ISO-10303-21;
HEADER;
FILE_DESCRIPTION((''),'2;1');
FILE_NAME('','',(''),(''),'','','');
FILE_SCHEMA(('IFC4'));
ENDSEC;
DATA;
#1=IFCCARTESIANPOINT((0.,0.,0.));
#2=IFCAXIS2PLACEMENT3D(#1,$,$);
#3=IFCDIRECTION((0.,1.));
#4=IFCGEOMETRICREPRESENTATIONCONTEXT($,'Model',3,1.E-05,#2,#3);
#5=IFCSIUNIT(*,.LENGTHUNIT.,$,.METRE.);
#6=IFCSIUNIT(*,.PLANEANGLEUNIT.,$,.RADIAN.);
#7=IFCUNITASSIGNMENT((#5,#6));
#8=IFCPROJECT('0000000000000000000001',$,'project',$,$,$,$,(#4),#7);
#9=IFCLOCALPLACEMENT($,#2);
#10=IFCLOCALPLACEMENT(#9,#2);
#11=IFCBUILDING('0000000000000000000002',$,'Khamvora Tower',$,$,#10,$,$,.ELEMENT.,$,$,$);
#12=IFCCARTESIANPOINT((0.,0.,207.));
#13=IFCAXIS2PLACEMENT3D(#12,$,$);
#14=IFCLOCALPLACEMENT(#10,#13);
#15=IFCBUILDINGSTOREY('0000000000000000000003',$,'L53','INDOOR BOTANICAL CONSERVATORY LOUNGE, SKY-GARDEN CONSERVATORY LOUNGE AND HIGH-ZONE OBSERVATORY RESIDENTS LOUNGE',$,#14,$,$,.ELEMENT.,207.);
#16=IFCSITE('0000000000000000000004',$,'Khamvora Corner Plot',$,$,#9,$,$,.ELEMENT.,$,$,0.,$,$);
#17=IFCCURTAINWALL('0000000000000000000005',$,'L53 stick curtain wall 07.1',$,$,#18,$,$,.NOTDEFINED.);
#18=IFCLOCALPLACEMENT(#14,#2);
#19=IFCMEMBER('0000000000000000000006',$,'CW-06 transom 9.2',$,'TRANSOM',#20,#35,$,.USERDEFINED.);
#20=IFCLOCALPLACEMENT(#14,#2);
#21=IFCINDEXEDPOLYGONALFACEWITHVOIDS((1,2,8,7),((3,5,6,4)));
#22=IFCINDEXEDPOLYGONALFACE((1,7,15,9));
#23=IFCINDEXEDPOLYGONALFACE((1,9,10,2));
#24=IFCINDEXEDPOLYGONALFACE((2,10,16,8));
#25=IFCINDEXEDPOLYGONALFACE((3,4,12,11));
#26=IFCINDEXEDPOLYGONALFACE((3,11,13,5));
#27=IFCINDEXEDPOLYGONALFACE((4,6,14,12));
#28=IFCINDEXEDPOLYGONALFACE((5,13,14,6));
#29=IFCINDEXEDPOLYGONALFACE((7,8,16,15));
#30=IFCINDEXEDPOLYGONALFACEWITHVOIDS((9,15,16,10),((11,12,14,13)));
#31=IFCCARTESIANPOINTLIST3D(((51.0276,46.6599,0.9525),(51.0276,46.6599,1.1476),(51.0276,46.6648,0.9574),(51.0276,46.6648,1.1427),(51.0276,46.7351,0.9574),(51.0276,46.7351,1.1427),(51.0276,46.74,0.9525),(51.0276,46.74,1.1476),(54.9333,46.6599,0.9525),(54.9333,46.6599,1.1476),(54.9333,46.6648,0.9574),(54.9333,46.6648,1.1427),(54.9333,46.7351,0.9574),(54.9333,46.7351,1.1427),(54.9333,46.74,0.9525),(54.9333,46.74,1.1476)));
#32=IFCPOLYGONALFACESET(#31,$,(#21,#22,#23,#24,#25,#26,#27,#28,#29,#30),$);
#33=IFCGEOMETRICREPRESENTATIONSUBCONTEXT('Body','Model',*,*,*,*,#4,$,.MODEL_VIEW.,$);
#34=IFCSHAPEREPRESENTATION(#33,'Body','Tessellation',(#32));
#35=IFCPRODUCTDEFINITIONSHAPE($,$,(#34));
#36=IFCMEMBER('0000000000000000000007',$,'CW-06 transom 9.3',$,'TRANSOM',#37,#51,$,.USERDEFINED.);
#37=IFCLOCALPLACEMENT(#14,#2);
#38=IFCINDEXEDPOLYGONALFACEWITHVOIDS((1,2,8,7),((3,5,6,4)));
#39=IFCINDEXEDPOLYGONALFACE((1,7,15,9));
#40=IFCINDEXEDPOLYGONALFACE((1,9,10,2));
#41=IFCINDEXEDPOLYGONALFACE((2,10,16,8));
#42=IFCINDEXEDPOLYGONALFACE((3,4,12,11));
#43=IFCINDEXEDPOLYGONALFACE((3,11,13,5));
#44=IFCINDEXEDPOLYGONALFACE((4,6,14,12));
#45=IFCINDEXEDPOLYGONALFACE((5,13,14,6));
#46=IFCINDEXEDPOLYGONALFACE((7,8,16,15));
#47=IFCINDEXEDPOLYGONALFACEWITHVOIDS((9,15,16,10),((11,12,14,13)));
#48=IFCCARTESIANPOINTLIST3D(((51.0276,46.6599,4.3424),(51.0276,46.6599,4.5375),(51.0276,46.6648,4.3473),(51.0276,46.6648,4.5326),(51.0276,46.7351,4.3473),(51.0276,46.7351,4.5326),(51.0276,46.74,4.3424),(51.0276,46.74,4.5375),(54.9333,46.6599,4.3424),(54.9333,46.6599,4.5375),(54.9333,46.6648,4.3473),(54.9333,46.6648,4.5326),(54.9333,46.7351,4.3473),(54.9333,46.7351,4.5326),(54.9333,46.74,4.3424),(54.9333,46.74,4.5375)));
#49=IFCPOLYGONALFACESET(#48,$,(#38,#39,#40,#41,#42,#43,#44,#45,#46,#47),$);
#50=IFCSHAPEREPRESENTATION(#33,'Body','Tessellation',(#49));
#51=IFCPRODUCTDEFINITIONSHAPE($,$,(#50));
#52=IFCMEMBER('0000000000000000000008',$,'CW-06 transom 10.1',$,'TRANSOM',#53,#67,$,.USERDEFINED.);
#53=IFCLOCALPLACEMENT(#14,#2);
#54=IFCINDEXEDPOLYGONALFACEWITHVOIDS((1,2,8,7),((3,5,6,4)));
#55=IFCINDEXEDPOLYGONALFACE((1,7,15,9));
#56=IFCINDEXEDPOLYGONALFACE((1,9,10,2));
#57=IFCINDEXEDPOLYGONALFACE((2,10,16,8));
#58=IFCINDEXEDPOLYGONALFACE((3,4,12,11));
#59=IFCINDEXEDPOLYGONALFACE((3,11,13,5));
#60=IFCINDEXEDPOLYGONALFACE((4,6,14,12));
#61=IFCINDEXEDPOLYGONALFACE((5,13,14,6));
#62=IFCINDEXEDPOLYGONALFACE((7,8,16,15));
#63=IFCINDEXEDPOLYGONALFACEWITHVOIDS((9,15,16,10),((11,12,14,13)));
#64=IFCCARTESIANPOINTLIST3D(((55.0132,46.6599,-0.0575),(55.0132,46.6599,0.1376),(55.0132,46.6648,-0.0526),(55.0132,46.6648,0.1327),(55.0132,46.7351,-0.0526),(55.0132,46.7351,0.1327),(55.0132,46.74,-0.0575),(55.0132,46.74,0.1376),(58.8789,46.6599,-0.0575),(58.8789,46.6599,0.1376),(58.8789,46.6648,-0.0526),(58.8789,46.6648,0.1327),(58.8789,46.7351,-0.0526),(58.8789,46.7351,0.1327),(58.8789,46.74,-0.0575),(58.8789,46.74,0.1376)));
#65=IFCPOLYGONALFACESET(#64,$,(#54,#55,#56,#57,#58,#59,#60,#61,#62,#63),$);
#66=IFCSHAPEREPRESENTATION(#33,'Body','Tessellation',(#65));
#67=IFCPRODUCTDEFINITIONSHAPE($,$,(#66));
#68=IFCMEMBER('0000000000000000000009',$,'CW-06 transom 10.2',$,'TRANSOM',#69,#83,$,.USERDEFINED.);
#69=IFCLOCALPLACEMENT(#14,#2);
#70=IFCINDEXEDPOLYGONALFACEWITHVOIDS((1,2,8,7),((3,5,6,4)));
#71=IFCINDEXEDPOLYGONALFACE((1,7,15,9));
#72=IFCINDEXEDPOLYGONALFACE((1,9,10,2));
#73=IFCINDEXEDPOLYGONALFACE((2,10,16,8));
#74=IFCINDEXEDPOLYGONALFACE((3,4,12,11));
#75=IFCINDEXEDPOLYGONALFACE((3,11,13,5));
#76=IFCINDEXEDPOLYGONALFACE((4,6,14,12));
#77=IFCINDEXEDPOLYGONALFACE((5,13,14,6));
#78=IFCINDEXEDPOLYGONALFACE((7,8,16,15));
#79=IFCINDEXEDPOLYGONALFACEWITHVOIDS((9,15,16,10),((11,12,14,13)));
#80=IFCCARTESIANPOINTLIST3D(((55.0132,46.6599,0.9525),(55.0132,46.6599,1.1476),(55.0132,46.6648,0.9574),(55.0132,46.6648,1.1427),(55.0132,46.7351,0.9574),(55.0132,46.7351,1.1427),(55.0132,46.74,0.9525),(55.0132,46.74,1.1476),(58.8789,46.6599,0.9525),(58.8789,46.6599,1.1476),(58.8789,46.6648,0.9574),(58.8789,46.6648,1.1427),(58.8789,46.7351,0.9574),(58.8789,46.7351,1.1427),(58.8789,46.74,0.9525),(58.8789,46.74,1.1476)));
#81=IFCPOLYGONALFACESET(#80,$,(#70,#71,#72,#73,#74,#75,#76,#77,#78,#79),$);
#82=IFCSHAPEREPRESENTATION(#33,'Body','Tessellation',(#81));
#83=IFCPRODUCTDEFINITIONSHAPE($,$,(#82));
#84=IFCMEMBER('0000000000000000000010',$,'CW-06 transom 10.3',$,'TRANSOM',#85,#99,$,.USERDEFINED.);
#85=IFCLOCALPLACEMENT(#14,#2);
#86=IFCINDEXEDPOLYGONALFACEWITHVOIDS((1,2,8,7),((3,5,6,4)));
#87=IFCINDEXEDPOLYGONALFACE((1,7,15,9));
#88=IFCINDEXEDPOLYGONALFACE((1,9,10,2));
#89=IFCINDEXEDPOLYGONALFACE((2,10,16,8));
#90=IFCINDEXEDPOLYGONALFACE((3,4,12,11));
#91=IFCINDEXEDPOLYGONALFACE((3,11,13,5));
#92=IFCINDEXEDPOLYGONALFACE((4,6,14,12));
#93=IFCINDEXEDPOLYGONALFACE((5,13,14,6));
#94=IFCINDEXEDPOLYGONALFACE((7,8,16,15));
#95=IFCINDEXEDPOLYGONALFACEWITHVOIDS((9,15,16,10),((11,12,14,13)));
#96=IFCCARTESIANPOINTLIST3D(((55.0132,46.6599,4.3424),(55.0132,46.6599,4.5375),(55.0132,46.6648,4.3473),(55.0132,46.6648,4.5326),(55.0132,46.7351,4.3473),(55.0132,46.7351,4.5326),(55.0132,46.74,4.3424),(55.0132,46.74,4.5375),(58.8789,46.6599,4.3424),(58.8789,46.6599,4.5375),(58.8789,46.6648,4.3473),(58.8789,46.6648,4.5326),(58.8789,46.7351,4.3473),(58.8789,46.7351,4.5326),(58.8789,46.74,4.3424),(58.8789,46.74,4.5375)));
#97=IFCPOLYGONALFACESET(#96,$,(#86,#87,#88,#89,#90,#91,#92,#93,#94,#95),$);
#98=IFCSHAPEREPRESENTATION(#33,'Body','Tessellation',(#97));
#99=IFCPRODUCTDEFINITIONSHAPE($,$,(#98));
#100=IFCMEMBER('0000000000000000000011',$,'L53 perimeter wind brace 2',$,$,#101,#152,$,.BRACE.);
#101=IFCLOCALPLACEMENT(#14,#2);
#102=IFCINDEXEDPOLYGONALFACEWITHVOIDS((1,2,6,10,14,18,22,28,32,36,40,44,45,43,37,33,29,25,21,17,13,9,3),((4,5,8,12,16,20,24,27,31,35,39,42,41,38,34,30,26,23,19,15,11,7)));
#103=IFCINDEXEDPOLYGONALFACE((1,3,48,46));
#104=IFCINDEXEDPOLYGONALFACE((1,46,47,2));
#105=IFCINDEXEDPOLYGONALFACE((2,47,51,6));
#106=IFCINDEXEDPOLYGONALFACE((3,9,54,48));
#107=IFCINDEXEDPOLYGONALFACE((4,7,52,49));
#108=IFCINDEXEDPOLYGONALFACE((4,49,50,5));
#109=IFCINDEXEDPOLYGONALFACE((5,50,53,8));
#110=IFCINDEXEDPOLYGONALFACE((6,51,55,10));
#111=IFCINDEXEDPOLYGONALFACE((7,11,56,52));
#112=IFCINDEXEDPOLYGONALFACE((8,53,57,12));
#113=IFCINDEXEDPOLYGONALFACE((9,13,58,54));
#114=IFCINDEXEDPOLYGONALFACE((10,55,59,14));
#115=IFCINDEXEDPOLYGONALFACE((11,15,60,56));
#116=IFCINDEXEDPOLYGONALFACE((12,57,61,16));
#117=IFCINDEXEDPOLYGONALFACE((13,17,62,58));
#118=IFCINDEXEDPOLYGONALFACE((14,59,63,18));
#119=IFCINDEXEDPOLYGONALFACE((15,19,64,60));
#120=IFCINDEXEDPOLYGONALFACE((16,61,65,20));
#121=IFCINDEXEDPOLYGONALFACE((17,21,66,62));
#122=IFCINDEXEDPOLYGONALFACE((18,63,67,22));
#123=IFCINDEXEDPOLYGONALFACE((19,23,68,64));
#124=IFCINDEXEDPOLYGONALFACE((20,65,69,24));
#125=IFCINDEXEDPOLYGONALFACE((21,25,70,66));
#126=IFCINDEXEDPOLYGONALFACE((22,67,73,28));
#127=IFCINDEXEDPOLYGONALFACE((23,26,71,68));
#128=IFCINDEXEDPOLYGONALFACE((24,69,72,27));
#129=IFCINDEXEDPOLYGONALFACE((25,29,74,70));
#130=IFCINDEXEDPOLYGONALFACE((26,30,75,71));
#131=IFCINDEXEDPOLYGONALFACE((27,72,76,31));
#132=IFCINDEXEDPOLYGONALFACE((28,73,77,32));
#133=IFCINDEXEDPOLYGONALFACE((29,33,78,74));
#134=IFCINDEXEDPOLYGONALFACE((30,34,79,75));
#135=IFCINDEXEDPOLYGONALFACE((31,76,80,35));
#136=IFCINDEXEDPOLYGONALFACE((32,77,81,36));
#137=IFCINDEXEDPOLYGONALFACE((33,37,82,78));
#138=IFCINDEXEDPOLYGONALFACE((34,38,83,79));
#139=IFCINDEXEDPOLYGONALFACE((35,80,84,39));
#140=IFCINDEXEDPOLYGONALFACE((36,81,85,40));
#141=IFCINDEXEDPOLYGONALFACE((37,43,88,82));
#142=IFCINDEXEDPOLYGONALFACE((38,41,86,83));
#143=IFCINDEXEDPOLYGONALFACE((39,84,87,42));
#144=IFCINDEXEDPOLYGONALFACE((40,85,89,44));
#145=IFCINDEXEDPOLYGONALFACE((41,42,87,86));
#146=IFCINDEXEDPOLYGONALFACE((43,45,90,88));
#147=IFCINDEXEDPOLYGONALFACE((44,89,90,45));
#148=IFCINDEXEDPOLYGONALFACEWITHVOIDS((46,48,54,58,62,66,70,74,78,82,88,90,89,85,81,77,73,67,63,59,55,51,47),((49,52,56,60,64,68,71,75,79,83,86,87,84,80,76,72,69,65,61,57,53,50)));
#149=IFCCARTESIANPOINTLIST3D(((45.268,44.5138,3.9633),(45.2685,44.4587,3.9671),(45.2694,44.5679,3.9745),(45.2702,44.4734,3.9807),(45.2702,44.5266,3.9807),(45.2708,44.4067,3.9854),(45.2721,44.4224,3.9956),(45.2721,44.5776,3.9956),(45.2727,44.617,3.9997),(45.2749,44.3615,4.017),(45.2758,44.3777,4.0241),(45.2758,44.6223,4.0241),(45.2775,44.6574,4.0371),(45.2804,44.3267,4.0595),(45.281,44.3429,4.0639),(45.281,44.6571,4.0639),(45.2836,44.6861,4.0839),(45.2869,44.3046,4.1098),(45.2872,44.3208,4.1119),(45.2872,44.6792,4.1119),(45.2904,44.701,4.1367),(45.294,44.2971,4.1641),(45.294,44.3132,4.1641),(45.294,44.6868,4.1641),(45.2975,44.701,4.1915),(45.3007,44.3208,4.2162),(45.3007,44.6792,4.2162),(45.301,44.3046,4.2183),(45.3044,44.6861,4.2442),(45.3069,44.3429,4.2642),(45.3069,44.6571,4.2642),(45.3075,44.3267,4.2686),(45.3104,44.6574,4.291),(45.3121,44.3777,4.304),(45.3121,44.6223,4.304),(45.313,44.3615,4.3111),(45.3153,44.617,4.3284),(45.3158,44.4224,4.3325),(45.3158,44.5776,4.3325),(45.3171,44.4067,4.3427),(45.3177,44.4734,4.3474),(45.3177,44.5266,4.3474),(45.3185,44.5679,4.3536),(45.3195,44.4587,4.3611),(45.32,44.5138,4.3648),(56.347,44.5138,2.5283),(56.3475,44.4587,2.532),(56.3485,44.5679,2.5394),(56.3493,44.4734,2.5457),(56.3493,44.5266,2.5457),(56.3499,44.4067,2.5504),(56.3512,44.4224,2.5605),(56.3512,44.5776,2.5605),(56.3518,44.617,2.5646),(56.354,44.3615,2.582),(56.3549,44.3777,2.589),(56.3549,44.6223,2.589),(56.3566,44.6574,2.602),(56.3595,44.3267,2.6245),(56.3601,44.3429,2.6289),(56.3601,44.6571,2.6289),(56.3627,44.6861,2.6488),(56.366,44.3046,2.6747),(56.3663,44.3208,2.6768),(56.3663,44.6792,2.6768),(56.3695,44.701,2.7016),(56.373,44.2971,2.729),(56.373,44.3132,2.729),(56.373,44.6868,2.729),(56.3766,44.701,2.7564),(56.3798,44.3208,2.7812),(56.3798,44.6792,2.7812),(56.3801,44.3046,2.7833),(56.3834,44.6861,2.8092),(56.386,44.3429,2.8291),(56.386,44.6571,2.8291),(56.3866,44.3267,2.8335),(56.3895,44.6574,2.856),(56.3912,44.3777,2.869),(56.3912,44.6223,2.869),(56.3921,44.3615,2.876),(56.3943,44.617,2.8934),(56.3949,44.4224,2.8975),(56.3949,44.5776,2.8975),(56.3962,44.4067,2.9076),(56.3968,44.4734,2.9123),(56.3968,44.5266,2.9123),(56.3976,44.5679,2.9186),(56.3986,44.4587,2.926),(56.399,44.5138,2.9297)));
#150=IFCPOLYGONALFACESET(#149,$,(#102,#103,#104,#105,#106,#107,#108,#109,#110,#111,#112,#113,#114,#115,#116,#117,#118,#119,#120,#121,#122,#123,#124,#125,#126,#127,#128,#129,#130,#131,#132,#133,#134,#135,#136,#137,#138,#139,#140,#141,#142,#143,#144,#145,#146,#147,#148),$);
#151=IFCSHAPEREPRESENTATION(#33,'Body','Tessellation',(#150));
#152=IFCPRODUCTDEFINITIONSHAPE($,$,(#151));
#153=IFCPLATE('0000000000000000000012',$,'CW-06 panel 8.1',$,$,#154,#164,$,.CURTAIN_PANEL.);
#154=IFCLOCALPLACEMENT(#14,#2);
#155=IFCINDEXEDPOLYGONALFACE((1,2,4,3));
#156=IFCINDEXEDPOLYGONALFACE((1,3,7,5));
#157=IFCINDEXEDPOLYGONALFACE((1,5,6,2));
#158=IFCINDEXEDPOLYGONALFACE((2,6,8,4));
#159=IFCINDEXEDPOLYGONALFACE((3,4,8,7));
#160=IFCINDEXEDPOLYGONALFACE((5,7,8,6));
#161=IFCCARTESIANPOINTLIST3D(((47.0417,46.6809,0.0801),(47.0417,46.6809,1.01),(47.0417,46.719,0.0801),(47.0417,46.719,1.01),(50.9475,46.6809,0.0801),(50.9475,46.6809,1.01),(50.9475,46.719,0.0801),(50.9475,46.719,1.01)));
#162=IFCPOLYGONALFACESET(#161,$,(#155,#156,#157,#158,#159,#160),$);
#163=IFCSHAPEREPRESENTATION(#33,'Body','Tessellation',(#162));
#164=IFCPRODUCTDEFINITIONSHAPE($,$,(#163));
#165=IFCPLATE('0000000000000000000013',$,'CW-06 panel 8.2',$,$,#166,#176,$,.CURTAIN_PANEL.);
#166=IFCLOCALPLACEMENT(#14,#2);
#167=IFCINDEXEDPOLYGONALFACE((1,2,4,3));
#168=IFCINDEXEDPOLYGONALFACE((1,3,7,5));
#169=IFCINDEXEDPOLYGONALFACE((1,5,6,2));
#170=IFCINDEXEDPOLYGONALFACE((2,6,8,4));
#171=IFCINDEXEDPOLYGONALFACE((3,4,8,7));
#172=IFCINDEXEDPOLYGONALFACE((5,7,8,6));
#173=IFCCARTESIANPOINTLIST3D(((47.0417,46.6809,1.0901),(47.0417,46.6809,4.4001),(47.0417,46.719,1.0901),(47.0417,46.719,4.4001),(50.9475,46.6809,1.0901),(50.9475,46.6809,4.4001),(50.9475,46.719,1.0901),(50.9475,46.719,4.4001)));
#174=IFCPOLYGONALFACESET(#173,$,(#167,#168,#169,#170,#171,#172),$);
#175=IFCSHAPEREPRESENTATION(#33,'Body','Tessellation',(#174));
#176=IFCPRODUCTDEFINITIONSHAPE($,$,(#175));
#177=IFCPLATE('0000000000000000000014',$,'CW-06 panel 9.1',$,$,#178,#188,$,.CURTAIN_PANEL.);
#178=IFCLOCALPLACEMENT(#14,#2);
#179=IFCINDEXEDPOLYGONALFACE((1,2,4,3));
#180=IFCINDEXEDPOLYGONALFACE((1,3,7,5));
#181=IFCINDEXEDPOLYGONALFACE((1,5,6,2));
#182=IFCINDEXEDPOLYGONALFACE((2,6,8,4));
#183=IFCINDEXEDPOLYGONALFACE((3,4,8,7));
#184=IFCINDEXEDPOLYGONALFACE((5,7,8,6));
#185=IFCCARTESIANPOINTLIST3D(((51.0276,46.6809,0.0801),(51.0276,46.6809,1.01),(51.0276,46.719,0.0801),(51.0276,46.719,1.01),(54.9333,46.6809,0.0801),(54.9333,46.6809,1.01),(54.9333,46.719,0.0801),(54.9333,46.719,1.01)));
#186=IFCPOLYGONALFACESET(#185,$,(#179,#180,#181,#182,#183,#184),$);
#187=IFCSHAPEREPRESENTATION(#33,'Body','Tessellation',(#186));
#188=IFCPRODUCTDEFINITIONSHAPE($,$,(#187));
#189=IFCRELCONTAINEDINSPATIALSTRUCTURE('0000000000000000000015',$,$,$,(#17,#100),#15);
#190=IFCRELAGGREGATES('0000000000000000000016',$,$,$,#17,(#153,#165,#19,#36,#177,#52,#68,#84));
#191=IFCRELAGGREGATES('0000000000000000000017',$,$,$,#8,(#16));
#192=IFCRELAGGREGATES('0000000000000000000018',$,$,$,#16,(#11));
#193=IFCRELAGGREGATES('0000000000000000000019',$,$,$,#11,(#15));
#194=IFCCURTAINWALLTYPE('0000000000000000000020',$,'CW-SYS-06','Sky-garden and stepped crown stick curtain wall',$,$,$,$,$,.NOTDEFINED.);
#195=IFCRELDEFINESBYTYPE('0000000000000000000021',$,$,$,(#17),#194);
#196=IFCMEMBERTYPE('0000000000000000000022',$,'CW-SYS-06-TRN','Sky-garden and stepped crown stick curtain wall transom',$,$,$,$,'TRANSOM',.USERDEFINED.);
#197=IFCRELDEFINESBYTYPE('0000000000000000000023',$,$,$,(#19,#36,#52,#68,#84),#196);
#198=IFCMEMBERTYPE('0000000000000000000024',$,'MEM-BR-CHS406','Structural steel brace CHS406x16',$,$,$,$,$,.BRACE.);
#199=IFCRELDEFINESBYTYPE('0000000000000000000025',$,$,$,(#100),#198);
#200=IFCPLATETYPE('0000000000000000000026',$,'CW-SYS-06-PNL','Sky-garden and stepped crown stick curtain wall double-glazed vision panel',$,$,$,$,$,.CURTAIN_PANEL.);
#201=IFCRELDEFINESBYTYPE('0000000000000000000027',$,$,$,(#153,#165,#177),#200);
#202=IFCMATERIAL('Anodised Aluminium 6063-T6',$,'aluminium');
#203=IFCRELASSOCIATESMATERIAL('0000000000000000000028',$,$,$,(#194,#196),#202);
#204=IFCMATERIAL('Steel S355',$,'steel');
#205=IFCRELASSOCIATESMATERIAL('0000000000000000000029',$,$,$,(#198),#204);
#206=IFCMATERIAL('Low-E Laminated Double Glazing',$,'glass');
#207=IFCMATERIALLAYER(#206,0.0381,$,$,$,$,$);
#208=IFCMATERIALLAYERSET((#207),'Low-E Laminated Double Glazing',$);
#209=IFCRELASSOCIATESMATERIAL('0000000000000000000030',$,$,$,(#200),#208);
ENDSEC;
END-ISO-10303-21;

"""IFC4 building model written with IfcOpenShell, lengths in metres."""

from ifc_helpers import new_model, si_unit, direction, frame, origin, origin_2d, place, context, subcontext, project, spatial, rectangle, hollow_rectangle, hollow_circle, extrude, material, layer, layer_set, material_profile, profile_set, type_object, element, aggregate, save


model = new_model("IFC4")

# Units and contexts
model_context = context("Model", 3, precision=1e-05, world=origin(), true_north=direction((0.0, 1.0)))
body_context = subcontext(model_context, "Body", "Model", "MODEL_VIEW")
ifc_project = project(units=[si_unit("LENGTHUNIT", "METRE"), si_unit("PLANEANGLEUNIT", "RADIAN")], contexts=[model_context])

# Site, building, storey
site_placement = place(None, origin())
site = spatial("IfcSite", under=ifc_project, at=site_placement, Name="Khamvora Corner Plot", CompositionType="ELEMENT", RefElevation=0.0)
building_placement = place(site_placement, origin())
building = spatial("IfcBuilding", under=site, at=building_placement, Name="Khamvora Tower", CompositionType="ELEMENT")
storey_placement = place(building_placement, frame((0.0, 0.0, 207.0)))
storey = spatial("IfcBuildingStorey", under=building, at=storey_placement, Name="L53", Description="INDOOR BOTANICAL CONSERVATORY LOUNGE, SKY-GARDEN CONSERVATORY LOUNGE AND HIGH-ZONE OBSERVATORY RESIDENTS LOUNGE", CompositionType="ELEMENT", Elevation=207.0)

# Shared definitions
ifc_material_1 = material(Name="Steel S355", Category="steel")

# Curtain wall, members
ifc_material_2 = material(Name="Anodised Aluminium 6063-T6", Category="aluminium")
curtain_wall_type = type_object("IfcCurtainWallType", Name="CW-SYS-06", Description="Sky-garden and stepped crown stick curtain wall", PredefinedType="NOTDEFINED", material=ifc_material_2)
curtain_wall_placement = place(storey_placement, origin())
curtain_wall = element("IfcCurtainWall", 1, at=curtain_wall_placement, inside=storey, type_object=curtain_wall_type, Name="L53 stick curtain wall 07.1", PredefinedType="NOTDEFINED")
ifc_material_profile_1 = material_profile(ifc_material_2, hollow_rectangle(XDim=0.0801, YDim=0.1951, WallThickness=0.0049, at=origin_2d()), Name="TRN80x195x5")
ifc_profile_set_1 = profile_set([ifc_material_profile_1], Name="Anodised Aluminium 6063-T6")
member_type_1 = type_object("IfcMemberType", Name="CW-SYS-06-TRN", Description="Sky-garden and stepped crown stick curtain wall transom", ElementType="TRANSOM", PredefinedType="USERDEFINED", material=ifc_profile_set_1)
member_1_placement = place(storey_placement, frame((51.0276, 46.7, 1.05), z_axis=(1.0, 0.0, 0.0), x_axis=(0.0, 1.0, 0.0)))
member_1 = element("IfcMember", 2, at=member_1_placement, type_object=member_type_1, Name="CW-06 transom 9.2", ObjectType="TRANSOM", PredefinedType="USERDEFINED", context=body_context, shape_type="SweptSolid", body=[
    extrude(hollow_rectangle(XDim=0.0801, YDim=0.1951, WallThickness=0.0049, at=origin_2d()), origin(), (0.0, 0.0, 1.0), 3.9058),
])
member_2_placement = place(storey_placement, frame((51.0276, 46.7, 4.4399), z_axis=(1.0, 0.0, 0.0), x_axis=(0.0, 1.0, 0.0)))
member_2 = element("IfcMember", 3, at=member_2_placement, type_object=member_type_1, Name="CW-06 transom 9.3", ObjectType="TRANSOM", PredefinedType="USERDEFINED", context=body_context, shape_type="SweptSolid", body=[
    extrude(hollow_rectangle(XDim=0.0801, YDim=0.1951, WallThickness=0.0049, at=origin_2d()), origin(), (0.0, 0.0, 1.0), 3.9058),
])
member_3_placement = place(storey_placement, frame((55.0132, 46.7, 0.04), z_axis=(1.0, 0.0, 0.0), x_axis=(0.0, 1.0, 0.0)))
member_3 = element("IfcMember", 4, at=member_3_placement, type_object=member_type_1, Name="CW-06 transom 10.1", ObjectType="TRANSOM", PredefinedType="USERDEFINED", context=body_context, shape_type="SweptSolid", body=[
    extrude(hollow_rectangle(XDim=0.0801, YDim=0.1951, WallThickness=0.0049, at=origin_2d()), origin(), (0.0, 0.0, 1.0), 3.8657),
])
member_4_placement = place(storey_placement, frame((55.0132, 46.7, 1.05), z_axis=(1.0, 0.0, 0.0), x_axis=(0.0, 1.0, 0.0)))
member_4 = element("IfcMember", 5, at=member_4_placement, type_object=member_type_1, Name="CW-06 transom 10.2", ObjectType="TRANSOM", PredefinedType="USERDEFINED", context=body_context, shape_type="SweptSolid", body=[
    extrude(hollow_rectangle(XDim=0.0801, YDim=0.1951, WallThickness=0.0049, at=origin_2d()), origin(), (0.0, 0.0, 1.0), 3.8657),
])
member_5_placement = place(storey_placement, frame((55.0132, 46.7, 4.4399), z_axis=(1.0, 0.0, 0.0), x_axis=(0.0, 1.0, 0.0)))
member_5 = element("IfcMember", 6, at=member_5_placement, type_object=member_type_1, Name="CW-06 transom 10.3", ObjectType="TRANSOM", PredefinedType="USERDEFINED", context=body_context, shape_type="SweptSolid", body=[
    extrude(hollow_rectangle(XDim=0.0801, YDim=0.1951, WallThickness=0.0049, at=origin_2d()), origin(), (0.0, 0.0, 1.0), 3.8657),
])

# Member
ifc_material_profile_2 = material_profile(ifc_material_1, hollow_circle(Radius=0.2029, WallThickness=0.0161, at=origin_2d()), Name="CHS406x16")
ifc_profile_set_2 = profile_set([ifc_material_profile_2], Name="Steel S355")
member_type_2 = type_object("IfcMemberType", Name="MEM-BR-CHS406", Description="Structural steel brace CHS406x16", PredefinedType="BRACE", material=ifc_profile_set_2)
member_6_placement = place(storey_placement, frame((56.373, 44.5, 2.729), z_axis=(-0.991715, 0.0, 0.128455), x_axis=(0.0, -1.0, 0.0)))
element("IfcMember", 7, at=member_6_placement, inside=storey, type_object=member_type_2, Name="L53 perimeter wind brace 2", PredefinedType="BRACE", context=body_context, shape_type="SweptSolid", body=[
    extrude(hollow_circle(Radius=0.2029, WallThickness=0.0161, at=origin_2d()), origin(), (0.0, 0.0, 1.0), 11.1716),
])

# Plates
ifc_material_3 = material(Name="Low-E Laminated Double Glazing", Category="glass")
ifc_layer_1 = layer(ifc_material_3, 0.0381)
ifc_layer_set_1 = layer_set([ifc_layer_1], Name="Low-E Laminated Double Glazing")
plate_type_1 = type_object("IfcPlateType", Name="CW-SYS-06-PNL", Description="Sky-garden and stepped crown stick curtain wall double-glazed vision panel", PredefinedType="CURTAIN_PANEL", material=ifc_layer_set_1)
plate_1_placement = place(storey_placement, frame((48.9946, 46.7, 0.0801), z_axis=(0.0, 0.0, 1.0), x_axis=(1.0, 0.0, 0.0)))
plate_1 = element("IfcPlate", 8, at=plate_1_placement, type_object=plate_type_1, Name="CW-06 panel 8.1", PredefinedType="CURTAIN_PANEL", context=body_context, shape_type="SweptSolid", body=[
    extrude(rectangle(XDim=3.9058, YDim=0.0381, at=origin_2d()), origin(), (0.0, 0.0, 1.0), 0.9299),
])
plate_2_placement = place(storey_placement, frame((48.9946, 46.7, 1.0901), z_axis=(0.0, 0.0, 1.0), x_axis=(1.0, 0.0, 0.0)))
plate_2 = element("IfcPlate", 9, at=plate_2_placement, type_object=plate_type_1, Name="CW-06 panel 8.2", PredefinedType="CURTAIN_PANEL", context=body_context, shape_type="SweptSolid", body=[
    extrude(rectangle(XDim=3.9058, YDim=0.0381, at=origin_2d()), origin(), (0.0, 0.0, 1.0), 3.3101),
])
plate_3_placement = place(storey_placement, frame((52.9805, 46.7, 0.0801), z_axis=(0.0, 0.0, 1.0), x_axis=(1.0, 0.0, 0.0)))
plate_3 = element("IfcPlate", 10, at=plate_3_placement, type_object=plate_type_1, Name="CW-06 panel 9.1", PredefinedType="CURTAIN_PANEL", context=body_context, shape_type="SweptSolid", body=[
    extrude(rectangle(XDim=3.9058, YDim=0.0381, at=origin_2d()), origin(), (0.0, 0.0, 1.0), 0.9299),
])
aggregate(curtain_wall, [plate_1, plate_2, member_1, member_2, plate_3, member_3, member_4, member_5])

save(model, "model.ifc")
